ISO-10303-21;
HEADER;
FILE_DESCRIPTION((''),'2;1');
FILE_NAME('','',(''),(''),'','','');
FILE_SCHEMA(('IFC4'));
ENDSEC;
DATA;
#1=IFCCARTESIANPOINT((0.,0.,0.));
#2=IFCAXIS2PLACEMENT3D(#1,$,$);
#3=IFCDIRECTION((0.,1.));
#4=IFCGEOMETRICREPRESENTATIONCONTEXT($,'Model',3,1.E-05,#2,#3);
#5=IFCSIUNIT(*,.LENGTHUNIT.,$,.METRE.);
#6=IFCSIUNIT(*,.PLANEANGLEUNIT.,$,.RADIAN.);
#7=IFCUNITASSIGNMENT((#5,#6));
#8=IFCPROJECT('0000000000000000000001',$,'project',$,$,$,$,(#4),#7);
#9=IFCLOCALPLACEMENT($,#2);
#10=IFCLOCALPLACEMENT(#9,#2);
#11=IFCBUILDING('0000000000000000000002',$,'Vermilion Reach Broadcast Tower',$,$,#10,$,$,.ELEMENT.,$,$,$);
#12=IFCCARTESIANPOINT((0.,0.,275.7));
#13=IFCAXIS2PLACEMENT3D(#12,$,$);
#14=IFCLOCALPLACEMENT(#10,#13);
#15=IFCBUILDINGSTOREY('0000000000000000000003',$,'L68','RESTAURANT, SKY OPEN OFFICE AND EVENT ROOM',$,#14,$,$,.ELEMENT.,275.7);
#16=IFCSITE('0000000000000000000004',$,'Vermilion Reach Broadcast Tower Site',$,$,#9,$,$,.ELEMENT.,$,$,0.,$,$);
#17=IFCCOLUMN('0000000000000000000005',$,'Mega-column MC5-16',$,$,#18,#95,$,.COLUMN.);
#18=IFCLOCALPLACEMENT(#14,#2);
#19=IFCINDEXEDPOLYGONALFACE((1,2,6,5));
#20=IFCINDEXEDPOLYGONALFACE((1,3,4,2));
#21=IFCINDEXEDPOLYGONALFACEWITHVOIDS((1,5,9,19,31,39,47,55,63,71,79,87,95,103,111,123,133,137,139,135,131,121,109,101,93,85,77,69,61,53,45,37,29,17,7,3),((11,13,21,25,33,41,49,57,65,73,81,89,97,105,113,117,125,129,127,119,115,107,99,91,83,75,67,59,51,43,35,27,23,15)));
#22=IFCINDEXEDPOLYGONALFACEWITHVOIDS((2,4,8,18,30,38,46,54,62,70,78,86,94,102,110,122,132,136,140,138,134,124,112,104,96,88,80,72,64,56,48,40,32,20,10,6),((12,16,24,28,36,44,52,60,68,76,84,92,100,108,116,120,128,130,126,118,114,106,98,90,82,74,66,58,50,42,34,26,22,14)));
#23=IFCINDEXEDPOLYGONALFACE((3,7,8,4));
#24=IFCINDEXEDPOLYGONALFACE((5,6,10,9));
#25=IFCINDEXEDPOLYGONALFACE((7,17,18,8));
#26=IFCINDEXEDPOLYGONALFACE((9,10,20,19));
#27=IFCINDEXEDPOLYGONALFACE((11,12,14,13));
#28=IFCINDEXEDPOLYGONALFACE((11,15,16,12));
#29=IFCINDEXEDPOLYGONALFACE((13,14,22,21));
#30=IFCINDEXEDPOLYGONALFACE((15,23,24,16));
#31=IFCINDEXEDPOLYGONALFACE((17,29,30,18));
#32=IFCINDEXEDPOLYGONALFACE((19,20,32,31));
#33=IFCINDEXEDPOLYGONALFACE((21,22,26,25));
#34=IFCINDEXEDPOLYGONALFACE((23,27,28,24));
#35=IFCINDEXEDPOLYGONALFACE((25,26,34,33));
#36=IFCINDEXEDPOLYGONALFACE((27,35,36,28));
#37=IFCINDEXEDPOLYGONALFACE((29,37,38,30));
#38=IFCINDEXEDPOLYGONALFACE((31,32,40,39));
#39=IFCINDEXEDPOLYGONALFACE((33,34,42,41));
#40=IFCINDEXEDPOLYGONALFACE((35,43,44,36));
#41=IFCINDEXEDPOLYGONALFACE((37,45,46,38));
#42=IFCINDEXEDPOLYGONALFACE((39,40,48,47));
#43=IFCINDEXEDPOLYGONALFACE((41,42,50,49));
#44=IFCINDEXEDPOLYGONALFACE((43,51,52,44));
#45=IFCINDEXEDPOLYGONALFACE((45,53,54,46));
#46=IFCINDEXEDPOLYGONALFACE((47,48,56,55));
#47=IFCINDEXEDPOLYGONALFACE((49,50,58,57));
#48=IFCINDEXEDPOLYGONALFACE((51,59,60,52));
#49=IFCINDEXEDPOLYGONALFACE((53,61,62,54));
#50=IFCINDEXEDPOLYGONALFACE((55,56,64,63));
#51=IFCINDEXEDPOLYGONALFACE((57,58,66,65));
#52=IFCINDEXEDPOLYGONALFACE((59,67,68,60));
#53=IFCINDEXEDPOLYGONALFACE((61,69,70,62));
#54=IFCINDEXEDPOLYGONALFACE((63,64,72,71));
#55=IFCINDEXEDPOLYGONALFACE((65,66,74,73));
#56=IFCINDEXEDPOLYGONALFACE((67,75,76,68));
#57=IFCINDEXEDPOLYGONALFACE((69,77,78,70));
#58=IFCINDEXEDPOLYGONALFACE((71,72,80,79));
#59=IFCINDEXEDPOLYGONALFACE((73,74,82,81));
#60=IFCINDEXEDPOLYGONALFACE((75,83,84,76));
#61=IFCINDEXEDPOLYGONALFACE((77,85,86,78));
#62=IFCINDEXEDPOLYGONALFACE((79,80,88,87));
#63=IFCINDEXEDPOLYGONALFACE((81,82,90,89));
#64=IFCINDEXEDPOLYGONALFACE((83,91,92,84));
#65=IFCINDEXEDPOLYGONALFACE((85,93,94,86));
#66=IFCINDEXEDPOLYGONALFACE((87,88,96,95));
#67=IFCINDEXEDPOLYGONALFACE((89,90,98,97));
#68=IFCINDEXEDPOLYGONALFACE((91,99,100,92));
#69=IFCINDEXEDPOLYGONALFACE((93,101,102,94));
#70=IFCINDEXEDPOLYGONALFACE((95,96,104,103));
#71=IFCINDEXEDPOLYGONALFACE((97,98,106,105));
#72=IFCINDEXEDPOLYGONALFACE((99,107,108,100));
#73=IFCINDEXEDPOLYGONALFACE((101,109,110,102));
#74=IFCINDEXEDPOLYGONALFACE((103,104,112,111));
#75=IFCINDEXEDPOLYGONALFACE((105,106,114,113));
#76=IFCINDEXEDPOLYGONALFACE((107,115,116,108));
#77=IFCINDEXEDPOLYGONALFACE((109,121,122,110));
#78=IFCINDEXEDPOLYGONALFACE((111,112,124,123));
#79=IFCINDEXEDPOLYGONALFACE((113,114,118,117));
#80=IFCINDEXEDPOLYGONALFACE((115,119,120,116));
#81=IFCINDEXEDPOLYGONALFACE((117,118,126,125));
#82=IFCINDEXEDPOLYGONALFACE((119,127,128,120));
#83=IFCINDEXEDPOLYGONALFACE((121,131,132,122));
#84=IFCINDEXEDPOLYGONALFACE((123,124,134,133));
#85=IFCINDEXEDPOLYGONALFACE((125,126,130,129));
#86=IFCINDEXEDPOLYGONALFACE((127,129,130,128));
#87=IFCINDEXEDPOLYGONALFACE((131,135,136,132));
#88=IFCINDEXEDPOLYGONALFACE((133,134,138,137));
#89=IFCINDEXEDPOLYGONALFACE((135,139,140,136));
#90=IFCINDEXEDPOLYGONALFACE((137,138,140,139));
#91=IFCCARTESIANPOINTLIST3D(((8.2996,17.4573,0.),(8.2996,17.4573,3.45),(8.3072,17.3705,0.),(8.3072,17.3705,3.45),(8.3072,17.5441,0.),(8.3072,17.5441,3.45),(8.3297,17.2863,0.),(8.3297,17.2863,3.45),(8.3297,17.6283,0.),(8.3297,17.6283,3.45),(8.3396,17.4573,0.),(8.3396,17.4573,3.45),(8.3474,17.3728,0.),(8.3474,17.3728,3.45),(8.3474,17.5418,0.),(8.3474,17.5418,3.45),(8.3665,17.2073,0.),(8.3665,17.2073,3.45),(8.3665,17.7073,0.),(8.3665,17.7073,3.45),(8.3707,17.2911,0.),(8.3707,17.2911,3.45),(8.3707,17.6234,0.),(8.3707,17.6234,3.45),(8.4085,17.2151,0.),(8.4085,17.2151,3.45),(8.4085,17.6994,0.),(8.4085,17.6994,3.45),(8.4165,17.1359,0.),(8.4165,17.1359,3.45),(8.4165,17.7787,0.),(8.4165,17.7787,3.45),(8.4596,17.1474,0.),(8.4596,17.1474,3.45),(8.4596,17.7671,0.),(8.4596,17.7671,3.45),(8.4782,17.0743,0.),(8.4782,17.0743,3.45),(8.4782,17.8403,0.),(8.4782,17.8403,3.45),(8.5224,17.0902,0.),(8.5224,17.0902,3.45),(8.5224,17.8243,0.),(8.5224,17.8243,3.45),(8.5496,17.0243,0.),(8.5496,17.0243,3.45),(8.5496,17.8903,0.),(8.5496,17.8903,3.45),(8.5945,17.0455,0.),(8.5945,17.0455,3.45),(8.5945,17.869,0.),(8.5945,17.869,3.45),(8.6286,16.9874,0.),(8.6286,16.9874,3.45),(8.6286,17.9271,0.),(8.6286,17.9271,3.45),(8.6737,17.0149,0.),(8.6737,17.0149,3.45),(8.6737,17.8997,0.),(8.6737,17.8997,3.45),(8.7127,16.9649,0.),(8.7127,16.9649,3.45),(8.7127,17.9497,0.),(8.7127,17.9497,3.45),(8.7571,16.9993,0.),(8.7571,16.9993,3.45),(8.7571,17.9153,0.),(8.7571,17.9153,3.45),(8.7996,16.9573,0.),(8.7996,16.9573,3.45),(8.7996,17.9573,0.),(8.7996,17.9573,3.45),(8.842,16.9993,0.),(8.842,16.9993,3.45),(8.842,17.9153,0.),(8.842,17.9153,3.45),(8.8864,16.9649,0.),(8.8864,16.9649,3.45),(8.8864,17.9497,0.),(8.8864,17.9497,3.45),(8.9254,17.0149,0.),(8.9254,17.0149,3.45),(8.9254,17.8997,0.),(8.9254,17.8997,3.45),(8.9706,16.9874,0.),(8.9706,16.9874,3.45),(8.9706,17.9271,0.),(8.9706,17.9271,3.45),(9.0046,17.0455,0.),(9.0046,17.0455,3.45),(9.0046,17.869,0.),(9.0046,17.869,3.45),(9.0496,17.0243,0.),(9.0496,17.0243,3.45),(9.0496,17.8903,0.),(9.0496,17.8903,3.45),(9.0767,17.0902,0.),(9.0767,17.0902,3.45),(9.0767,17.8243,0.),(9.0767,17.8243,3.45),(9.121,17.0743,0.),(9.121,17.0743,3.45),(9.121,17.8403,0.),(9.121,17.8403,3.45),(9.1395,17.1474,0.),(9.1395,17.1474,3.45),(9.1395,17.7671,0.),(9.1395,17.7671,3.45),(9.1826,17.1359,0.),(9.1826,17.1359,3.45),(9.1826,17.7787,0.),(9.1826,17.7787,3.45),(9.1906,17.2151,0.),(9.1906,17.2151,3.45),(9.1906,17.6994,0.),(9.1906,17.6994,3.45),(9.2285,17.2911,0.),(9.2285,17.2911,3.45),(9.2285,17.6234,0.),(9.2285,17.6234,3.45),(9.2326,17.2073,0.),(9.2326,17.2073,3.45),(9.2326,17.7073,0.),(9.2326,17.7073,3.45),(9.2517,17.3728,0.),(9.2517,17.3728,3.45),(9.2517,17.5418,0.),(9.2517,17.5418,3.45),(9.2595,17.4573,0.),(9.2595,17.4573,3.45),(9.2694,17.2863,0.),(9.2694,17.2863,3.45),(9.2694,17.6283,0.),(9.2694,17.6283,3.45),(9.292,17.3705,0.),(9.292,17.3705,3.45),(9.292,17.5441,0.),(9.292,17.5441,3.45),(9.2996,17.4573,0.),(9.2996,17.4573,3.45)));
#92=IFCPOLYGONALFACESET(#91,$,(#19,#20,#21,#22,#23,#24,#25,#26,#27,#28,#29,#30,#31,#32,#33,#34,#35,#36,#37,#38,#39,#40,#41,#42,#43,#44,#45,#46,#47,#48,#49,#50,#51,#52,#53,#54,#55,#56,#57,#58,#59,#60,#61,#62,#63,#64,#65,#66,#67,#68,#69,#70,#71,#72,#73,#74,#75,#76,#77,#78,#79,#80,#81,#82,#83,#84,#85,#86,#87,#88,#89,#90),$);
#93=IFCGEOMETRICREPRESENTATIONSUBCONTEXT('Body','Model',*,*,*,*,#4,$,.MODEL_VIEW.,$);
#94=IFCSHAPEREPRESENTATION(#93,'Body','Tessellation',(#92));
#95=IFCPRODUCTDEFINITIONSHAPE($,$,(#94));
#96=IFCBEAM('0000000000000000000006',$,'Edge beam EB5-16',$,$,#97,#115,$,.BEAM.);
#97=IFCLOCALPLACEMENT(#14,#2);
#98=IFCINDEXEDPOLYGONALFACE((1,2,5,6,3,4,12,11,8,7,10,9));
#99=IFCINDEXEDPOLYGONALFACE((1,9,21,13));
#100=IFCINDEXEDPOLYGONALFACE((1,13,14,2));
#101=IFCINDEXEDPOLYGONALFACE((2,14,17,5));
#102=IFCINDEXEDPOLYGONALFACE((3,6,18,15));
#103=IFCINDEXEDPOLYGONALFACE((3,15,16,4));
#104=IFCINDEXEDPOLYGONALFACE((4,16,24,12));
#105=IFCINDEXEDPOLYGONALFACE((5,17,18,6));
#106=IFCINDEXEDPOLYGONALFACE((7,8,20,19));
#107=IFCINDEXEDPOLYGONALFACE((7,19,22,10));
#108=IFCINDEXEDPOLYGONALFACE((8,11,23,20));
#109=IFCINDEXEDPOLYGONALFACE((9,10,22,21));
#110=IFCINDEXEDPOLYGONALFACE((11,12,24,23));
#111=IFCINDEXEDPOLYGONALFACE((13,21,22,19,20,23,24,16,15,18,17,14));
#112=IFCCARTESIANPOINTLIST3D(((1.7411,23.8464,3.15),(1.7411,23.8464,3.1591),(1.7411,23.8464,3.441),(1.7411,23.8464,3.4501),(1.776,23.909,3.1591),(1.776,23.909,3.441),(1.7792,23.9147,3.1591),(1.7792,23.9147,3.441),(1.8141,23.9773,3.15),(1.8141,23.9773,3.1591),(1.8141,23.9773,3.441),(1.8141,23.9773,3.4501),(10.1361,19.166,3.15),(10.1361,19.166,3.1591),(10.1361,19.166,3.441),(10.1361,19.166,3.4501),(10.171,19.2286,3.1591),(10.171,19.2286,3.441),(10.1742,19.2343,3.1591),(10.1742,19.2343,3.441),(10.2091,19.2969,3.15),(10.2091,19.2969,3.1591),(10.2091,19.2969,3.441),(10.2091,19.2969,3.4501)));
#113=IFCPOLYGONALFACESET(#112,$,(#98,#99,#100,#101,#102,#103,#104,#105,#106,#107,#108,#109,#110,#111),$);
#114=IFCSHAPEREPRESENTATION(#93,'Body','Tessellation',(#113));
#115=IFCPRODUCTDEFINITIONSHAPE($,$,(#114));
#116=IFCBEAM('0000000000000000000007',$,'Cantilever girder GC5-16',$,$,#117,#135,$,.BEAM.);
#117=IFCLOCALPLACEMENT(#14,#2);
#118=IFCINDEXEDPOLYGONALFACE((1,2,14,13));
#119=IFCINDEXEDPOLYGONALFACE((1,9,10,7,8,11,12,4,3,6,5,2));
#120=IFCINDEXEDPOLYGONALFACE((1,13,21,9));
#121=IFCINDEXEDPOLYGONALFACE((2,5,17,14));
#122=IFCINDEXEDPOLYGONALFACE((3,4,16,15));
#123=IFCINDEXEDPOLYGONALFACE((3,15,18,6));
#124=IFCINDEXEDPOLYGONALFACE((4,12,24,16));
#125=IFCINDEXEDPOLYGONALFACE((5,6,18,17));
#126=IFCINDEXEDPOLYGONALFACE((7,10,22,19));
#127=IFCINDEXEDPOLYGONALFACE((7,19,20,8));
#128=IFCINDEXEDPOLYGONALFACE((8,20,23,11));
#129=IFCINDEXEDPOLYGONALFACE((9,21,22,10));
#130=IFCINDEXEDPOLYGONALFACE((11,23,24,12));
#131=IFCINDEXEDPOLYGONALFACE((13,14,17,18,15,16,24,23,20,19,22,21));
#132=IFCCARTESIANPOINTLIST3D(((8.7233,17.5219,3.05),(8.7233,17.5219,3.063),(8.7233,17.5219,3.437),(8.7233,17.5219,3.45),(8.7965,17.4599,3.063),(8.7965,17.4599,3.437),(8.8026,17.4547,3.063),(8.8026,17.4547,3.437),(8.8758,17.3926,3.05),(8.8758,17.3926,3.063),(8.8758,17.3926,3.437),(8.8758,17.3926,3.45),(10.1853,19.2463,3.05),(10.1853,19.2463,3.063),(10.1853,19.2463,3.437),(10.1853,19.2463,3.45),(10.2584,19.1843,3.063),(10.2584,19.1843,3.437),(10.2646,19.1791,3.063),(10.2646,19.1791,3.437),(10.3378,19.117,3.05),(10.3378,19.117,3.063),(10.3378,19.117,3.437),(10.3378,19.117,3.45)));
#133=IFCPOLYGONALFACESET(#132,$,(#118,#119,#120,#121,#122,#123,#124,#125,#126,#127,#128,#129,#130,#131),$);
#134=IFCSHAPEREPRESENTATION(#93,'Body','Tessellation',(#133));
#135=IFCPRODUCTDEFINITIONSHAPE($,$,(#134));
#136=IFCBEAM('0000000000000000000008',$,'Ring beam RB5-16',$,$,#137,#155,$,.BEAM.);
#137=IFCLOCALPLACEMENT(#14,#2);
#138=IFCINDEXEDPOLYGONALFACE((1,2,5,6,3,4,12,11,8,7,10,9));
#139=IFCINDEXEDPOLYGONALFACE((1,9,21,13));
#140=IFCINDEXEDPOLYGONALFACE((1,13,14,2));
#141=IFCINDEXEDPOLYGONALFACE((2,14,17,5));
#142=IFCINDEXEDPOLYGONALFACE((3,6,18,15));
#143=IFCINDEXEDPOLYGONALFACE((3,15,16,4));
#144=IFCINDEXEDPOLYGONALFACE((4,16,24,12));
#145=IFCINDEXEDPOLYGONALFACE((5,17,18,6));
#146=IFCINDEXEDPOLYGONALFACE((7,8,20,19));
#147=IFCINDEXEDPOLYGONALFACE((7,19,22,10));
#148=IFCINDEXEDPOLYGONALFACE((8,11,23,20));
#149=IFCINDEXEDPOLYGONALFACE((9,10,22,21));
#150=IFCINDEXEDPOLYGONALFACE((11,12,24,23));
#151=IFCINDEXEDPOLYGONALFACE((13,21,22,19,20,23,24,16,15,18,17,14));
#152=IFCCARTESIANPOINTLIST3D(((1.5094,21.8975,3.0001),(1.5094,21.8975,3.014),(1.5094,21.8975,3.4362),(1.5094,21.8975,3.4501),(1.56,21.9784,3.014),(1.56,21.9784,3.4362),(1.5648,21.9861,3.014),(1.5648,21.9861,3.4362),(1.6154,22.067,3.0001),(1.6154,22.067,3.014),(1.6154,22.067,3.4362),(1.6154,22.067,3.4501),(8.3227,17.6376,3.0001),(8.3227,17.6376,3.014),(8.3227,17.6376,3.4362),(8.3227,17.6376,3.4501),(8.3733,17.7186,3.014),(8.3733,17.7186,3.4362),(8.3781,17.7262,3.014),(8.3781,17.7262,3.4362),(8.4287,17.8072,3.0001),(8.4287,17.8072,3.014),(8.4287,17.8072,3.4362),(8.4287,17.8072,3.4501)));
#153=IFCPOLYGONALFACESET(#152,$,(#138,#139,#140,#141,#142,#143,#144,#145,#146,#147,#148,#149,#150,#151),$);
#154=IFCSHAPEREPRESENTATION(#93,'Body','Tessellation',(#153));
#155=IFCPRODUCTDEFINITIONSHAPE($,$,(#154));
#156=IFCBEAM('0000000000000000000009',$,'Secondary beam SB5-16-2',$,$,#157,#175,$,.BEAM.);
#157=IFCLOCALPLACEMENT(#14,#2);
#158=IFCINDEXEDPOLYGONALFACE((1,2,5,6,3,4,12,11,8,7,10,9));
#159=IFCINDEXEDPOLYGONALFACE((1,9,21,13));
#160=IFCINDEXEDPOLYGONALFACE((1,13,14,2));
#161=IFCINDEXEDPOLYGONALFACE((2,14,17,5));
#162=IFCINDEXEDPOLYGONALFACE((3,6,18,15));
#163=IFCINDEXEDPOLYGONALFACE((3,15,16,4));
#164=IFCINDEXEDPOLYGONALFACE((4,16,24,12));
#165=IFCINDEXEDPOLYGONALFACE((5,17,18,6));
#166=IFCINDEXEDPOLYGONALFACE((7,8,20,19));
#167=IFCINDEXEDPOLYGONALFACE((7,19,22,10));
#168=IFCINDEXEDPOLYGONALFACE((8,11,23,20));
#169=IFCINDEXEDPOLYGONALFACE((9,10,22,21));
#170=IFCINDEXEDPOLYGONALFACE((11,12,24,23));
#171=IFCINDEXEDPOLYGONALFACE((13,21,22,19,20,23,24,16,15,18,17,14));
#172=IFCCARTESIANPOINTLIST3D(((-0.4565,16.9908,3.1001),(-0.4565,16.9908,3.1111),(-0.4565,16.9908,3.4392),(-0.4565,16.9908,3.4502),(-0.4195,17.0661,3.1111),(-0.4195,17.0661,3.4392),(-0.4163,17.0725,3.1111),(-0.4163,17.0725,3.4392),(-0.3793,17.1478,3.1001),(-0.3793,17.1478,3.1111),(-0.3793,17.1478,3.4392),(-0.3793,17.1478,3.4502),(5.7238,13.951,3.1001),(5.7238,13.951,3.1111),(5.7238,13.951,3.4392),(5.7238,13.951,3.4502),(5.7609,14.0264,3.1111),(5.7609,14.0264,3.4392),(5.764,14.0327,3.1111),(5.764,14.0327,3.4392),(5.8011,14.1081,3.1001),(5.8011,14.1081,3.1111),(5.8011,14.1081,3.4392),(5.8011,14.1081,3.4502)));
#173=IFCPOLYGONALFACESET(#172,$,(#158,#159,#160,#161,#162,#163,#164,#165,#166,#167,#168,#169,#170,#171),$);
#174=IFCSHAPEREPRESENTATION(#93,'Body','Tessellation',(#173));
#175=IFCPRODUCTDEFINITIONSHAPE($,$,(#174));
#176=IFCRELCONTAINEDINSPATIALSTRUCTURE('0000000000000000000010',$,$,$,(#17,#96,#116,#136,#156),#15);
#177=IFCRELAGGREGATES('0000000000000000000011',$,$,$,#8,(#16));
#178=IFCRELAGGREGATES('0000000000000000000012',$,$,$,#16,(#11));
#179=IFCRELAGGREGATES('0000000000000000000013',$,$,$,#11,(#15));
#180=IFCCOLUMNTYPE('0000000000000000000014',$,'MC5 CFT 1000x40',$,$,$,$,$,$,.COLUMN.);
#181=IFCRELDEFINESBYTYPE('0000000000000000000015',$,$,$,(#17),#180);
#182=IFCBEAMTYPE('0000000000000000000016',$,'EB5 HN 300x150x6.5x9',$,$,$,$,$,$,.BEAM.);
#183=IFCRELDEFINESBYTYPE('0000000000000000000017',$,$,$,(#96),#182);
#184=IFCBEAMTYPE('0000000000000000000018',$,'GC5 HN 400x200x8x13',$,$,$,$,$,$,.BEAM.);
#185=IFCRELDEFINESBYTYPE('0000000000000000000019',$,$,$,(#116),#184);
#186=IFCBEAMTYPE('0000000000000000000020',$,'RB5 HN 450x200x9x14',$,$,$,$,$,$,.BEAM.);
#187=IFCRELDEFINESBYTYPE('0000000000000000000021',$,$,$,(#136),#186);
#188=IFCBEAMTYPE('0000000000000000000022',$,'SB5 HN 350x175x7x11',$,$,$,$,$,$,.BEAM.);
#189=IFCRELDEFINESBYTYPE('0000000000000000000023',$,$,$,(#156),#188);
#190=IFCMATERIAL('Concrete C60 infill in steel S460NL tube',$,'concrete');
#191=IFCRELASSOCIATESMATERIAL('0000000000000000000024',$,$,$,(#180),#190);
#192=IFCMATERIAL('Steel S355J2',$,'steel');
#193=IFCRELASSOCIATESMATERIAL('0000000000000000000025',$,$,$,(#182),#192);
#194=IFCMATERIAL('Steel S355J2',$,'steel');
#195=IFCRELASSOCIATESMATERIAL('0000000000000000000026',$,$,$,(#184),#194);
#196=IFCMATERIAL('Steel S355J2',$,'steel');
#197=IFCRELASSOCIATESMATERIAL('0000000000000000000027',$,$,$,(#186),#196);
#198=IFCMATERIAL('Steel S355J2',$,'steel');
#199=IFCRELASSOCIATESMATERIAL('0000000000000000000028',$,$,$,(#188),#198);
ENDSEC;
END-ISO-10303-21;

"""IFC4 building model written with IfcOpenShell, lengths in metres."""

from ifc_helpers import new_model, si_unit, direction, frame, origin, origin_2d, place, context, subcontext, project, spatial, hollow_circle, i_section, extrude, material, material_profile, profile_set, type_object, element, save


model = new_model("IFC4")

# Units and contexts
model_context = context("Model", 3, precision=1e-05, world=origin(), true_north=direction((0.0, 1.0)))
body_context = subcontext(model_context, "Body", "Model", "MODEL_VIEW")
ifc_project = project(units=[si_unit("LENGTHUNIT", "METRE"), si_unit("PLANEANGLEUNIT", "RADIAN")], contexts=[model_context])

# Site, building, storey
site_placement = place(None, origin())
site = spatial("IfcSite", under=ifc_project, at=site_placement, Name="Vermilion Reach Broadcast Tower Site", CompositionType="ELEMENT", RefElevation=0.0)
building_placement = place(site_placement, origin())
building = spatial("IfcBuilding", under=site, at=building_placement, Name="Vermilion Reach Broadcast Tower", CompositionType="ELEMENT")
storey_placement = place(building_placement, frame((0.0, 0.0, 275.7)))
storey = spatial("IfcBuildingStorey", under=building, at=storey_placement, Name="L68", Description="RESTAURANT, SKY OPEN OFFICE AND EVENT ROOM", CompositionType="ELEMENT", Elevation=275.7)

# Column
ifc_material_1 = material(Name="Concrete C60 infill in steel S460NL tube", Category="concrete")
ifc_material_profile_1 = material_profile(ifc_material_1, hollow_circle(Radius=0.5, WallThickness=0.04, at=origin_2d()), Name="Concrete C60 infill in steel S460NL tube CFT 1000x40")
ifc_profile_set_1 = profile_set([ifc_material_profile_1], Name="Concrete C60 infill in steel S460NL tube")
column_type = type_object("IfcColumnType", Name="MC5 CFT 1000x40", PredefinedType="COLUMN", material=ifc_profile_set_1)
column_placement = place(storey_placement, frame((8.7996, 17.4573, 0.0), z_axis=(0.0, 0.0, 1.0), x_axis=(1.0, 0.0, 0.0)))
element("IfcColumn", 1, at=column_placement, inside=storey, type_object=column_type, Name="Mega-column MC5-16", PredefinedType="COLUMN", context=body_context, shape_type="SweptSolid", body=[
    extrude(hollow_circle(Radius=0.5, WallThickness=0.04, at=origin_2d()), origin(), (0.0, 0.0, 1.0), 3.45),
])

# Beams
ifc_material_2 = material(Name="Steel S355J2", Category="steel")
ifc_material_profile_2 = material_profile(ifc_material_2, i_section(OverallWidth=0.1499, OverallDepth=0.3, WebThickness=0.0066, FlangeThickness=0.009, at=origin_2d()), Name="S355J2 HN 300x150x6.5x9")
ifc_profile_set_2 = profile_set([ifc_material_profile_2], Name="Steel S355J2")
beam_type_1 = type_object("IfcBeamType", Name="EB5 HN 300x150x6.5x9", PredefinedType="BEAM", material=ifc_profile_set_2)
beam_1_placement = place(storey_placement, frame((10.1726, 19.2314, 3.3), z_axis=(-0.873427, 0.486956, 0.0), x_axis=(-0.486956, -0.873427, 0.0)))
element("IfcBeam", 2, at=beam_1_placement, inside=storey, type_object=beam_type_1, Name="Edge beam EB5-16", PredefinedType="BEAM", context=body_context, shape_type="SweptSolid", body=[
    extrude(i_section(OverallWidth=0.1499, OverallDepth=0.3, WebThickness=0.0066, FlangeThickness=0.009, at=origin_2d()), origin(), (0.0, 0.0, 1.0), 9.6116),
])
ifc_material_3 = material(Name="Steel S355J2", Category="steel")
ifc_material_profile_3 = material_profile(ifc_material_3, i_section(OverallWidth=0.2, OverallDepth=0.3999, WebThickness=0.0081, FlangeThickness=0.0129, at=origin_2d()), Name="S355J2 HN 400x200x8x13")
ifc_profile_set_3 = profile_set([ifc_material_profile_3], Name="Steel S355J2")
beam_type_2 = type_object("IfcBeamType", Name="GC5 HN 400x200x8x13", PredefinedType="BEAM", material=ifc_profile_set_3)
beam_2_placement = place(storey_placement, frame((8.7996, 17.4573, 3.25), z_axis=(0.646673, 0.762767, 0.0), x_axis=(-0.762767, 0.646673, 0.0)))
element("IfcBeam", 3, at=beam_2_placement, inside=storey, type_object=beam_type_2, Name="Cantilever girder GC5-16", PredefinedType="BEAM", context=body_context, shape_type="SweptSolid", body=[
    extrude(i_section(OverallWidth=0.2, OverallDepth=0.3999, WebThickness=0.0081, FlangeThickness=0.0129, at=origin_2d()), origin(), (0.0, 0.0, 1.0), 2.2607),
])
ifc_material_4 = material(Name="Steel S355J2", Category="steel")
ifc_material_profile_4 = material_profile(ifc_material_4, i_section(OverallWidth=0.2, OverallDepth=0.45, WebThickness=0.009, FlangeThickness=0.0139, at=origin_2d()), Name="S355J2 HN 450x200x9x14")
ifc_profile_set_4 = profile_set([ifc_material_profile_4], Name="Steel S355J2")
beam_type_3 = type_object("IfcBeamType", Name="RB5 HN 450x200x9x14", PredefinedType="BEAM", material=ifc_profile_set_4)
beam_3_placement = place(storey_placement, frame((8.3757, 17.7224, 3.2251), z_axis=(-0.847915, 0.530133, 0.0), x_axis=(-0.530133, -0.847915, 0.0)))
element("IfcBeam", 4, at=beam_3_placement, inside=storey, type_object=beam_type_3, Name="Ring beam RB5-16", PredefinedType="BEAM", context=body_context, shape_type="SweptSolid", body=[
    extrude(i_section(OverallWidth=0.2, OverallDepth=0.45, WebThickness=0.009, FlangeThickness=0.0139, at=origin_2d()), origin(), (0.0, 0.0, 1.0), 8.0354),
])
ifc_material_5 = material(Name="Steel S355J2", Category="steel")
ifc_material_profile_5 = material_profile(ifc_material_5, i_section(OverallWidth=0.175, OverallDepth=0.3501, WebThickness=0.0071, FlangeThickness=0.011, at=origin_2d()), Name="S355J2 HN 350x175x7x11")
ifc_profile_set_5 = profile_set([ifc_material_profile_5], Name="Steel S355J2")
beam_type_4 = type_object("IfcBeamType", Name="SB5 HN 350x175x7x11", PredefinedType="BEAM", material=ifc_profile_set_5)
beam_4_placement = place(storey_placement, frame((5.7625, 14.0295, 3.2751), z_axis=(-0.897336, 0.441348, 0.0), x_axis=(-0.441348, -0.897336, 0.0)))
element("IfcBeam", 5, at=beam_4_placement, inside=storey, type_object=beam_type_4, Name="Secondary beam SB5-16-2", PredefinedType="BEAM", context=body_context, shape_type="SweptSolid", body=[
    extrude(i_section(OverallWidth=0.175, OverallDepth=0.3501, WebThickness=0.0071, FlangeThickness=0.011, at=origin_2d()), origin(), (0.0, 0.0, 1.0), 6.8875),
])

save(model, "model.ifc")
